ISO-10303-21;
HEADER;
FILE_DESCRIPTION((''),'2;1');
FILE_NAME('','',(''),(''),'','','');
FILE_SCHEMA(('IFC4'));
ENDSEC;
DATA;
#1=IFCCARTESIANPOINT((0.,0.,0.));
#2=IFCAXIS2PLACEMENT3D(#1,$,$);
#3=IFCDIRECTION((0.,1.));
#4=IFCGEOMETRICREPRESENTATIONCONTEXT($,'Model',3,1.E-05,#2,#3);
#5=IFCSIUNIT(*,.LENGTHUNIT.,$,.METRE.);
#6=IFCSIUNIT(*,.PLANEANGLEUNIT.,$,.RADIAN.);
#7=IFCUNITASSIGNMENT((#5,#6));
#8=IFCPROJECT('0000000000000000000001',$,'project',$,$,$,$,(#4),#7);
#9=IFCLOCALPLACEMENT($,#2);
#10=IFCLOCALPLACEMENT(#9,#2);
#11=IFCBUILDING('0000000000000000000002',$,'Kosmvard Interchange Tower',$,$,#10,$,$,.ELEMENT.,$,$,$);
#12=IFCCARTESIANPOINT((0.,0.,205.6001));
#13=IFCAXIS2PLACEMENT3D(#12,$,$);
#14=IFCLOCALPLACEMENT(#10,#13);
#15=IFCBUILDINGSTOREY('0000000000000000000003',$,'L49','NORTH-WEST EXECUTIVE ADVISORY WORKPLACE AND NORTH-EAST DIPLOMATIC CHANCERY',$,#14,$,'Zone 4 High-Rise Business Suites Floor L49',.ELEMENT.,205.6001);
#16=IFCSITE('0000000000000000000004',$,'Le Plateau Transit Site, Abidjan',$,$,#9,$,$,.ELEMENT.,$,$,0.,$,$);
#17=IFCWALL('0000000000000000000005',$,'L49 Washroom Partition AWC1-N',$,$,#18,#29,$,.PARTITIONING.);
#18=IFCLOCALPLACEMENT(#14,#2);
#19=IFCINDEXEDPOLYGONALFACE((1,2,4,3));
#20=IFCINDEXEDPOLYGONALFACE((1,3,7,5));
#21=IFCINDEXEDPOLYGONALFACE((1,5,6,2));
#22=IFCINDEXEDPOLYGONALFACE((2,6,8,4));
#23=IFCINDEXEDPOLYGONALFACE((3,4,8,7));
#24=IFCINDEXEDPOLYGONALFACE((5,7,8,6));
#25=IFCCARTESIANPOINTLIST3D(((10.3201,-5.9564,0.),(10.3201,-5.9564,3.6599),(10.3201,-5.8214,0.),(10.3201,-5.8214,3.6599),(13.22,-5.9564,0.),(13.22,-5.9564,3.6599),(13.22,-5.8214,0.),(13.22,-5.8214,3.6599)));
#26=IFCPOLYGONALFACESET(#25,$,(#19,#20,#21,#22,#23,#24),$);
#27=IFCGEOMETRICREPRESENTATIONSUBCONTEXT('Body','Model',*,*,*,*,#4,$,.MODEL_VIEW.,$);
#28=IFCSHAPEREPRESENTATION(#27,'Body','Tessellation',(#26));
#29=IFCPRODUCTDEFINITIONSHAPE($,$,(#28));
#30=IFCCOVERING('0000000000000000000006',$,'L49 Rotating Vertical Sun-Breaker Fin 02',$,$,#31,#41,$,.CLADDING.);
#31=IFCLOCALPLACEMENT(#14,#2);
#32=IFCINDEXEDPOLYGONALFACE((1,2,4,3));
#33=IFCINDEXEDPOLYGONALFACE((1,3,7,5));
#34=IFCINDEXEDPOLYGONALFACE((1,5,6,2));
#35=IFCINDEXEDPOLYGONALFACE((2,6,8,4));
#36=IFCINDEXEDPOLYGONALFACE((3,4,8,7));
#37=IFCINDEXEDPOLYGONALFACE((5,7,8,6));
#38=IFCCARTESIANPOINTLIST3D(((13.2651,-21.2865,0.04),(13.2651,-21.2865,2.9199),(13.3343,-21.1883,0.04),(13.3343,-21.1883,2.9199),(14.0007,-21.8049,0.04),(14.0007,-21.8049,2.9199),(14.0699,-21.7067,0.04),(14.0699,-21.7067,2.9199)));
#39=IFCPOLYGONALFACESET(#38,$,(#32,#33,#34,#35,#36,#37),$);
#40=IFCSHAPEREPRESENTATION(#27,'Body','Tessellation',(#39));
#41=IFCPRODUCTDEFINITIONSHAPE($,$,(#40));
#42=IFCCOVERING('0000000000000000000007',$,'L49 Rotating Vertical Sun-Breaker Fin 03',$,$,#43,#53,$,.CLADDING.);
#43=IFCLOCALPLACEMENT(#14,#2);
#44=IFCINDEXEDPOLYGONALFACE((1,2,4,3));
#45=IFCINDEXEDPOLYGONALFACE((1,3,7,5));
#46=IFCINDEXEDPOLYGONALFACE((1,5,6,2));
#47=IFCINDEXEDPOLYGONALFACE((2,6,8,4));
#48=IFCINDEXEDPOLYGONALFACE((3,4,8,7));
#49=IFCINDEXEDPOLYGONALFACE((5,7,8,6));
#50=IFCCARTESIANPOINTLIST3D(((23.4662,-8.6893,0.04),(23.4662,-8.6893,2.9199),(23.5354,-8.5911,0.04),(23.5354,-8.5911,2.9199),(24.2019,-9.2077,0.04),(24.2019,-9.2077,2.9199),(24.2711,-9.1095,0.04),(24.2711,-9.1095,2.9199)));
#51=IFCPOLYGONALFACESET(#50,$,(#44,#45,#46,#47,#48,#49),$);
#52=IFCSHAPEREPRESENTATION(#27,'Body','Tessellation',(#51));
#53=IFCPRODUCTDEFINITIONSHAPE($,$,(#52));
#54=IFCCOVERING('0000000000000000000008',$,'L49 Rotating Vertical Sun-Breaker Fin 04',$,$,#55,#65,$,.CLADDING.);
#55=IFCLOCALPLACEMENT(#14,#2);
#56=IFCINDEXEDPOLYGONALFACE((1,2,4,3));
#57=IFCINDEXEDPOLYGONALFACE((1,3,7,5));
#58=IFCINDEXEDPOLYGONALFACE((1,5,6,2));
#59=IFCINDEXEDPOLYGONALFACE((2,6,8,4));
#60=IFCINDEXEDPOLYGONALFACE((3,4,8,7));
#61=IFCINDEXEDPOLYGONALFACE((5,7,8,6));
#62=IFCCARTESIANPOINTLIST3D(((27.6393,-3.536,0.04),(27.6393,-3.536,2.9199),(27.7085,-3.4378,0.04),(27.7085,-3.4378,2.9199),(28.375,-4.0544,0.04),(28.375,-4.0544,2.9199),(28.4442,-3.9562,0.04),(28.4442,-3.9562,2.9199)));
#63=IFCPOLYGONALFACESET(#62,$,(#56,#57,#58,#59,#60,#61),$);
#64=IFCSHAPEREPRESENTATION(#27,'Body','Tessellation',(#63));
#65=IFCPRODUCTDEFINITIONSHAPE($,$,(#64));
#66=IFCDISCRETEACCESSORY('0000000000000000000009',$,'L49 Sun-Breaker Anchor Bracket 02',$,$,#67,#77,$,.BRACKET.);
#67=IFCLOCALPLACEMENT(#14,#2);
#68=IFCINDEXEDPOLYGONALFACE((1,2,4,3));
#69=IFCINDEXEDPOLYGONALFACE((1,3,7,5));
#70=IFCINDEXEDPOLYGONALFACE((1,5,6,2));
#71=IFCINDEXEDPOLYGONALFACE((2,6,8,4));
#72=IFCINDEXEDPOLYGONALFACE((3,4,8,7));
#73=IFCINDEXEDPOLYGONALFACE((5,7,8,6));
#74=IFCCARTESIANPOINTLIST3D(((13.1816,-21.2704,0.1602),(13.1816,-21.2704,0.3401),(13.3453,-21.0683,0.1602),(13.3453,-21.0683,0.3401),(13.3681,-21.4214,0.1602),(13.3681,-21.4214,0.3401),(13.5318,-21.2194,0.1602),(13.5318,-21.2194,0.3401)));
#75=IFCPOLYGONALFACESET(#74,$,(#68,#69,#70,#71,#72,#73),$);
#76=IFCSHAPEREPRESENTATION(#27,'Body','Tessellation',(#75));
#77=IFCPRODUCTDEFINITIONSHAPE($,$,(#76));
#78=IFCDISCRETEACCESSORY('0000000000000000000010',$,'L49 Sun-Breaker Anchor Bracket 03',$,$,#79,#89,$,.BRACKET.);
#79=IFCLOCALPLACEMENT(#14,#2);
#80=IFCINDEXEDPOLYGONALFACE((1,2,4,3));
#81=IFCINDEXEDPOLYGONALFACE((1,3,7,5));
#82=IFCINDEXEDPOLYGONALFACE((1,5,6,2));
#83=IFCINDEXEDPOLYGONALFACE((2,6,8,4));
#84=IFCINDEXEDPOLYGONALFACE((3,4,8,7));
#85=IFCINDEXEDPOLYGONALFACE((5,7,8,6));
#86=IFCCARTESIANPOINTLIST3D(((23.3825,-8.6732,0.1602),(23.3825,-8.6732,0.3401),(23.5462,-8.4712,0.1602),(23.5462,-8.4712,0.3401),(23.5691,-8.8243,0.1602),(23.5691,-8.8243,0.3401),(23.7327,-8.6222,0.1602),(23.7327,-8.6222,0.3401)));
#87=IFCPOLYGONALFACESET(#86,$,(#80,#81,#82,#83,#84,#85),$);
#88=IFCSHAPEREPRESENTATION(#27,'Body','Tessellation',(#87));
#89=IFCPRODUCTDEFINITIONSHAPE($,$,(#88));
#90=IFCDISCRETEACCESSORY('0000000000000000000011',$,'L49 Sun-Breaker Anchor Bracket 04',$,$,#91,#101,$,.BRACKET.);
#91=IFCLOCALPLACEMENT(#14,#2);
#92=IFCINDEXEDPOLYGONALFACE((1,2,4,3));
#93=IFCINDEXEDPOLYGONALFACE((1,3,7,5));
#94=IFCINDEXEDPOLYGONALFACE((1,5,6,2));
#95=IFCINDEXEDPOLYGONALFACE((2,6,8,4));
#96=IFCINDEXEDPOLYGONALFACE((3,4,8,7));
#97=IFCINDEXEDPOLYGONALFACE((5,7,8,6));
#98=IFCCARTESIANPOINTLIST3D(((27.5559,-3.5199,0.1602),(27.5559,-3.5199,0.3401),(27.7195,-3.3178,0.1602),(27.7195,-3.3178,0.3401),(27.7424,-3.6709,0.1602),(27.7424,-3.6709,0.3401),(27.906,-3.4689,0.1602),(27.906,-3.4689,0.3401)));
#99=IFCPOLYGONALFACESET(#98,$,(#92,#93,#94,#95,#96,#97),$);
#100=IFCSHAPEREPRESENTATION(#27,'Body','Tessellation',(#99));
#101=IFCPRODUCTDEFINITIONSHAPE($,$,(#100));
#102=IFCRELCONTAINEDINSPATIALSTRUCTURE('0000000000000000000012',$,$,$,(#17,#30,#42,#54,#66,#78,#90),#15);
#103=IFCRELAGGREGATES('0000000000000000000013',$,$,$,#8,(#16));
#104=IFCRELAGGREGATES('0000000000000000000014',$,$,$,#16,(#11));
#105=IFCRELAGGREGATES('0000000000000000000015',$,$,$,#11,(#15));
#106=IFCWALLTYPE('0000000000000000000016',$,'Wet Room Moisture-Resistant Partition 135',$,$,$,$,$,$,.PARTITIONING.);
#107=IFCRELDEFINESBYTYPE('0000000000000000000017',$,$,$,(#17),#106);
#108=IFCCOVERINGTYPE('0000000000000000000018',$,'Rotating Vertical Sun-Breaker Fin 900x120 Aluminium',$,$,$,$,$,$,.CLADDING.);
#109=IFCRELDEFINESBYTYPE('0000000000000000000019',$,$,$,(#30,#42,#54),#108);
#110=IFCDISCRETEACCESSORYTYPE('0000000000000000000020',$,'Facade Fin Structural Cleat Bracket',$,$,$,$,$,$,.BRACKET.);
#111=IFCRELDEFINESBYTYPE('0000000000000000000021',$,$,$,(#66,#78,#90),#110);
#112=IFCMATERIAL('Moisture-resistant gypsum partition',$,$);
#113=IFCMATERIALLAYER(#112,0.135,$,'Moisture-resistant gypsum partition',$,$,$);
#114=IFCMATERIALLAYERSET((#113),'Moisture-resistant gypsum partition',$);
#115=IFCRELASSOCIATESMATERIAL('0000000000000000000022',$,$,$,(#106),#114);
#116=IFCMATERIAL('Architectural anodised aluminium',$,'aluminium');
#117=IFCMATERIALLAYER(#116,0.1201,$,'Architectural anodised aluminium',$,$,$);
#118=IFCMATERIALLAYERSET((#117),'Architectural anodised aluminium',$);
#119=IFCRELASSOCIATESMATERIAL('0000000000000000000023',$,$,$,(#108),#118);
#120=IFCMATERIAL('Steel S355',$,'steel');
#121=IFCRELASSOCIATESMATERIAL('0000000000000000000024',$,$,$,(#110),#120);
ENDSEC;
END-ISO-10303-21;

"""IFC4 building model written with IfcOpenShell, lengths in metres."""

from ifc_helpers import new_model, si_unit, direction, frame, frame_2d, origin, origin_2d, place, context, subcontext, project, spatial, rectangle, extrude, source, transform, mapped, material, layer, layer_set, type_object, element, save


model = new_model("IFC4")

# Units and contexts
model_context = context("Model", 3, precision=1e-05, world=origin(), true_north=direction((0.0, 1.0)))
body_context = subcontext(model_context, "Body", "Model", "MODEL_VIEW")
ifc_project = project(units=[si_unit("LENGTHUNIT", "METRE"), si_unit("PLANEANGLEUNIT", "RADIAN")], contexts=[model_context])

# Site, building, storey
site_placement = place(None, origin())
site = spatial("IfcSite", under=ifc_project, at=site_placement, Name="Le Plateau Transit Site, Abidjan", CompositionType="ELEMENT", RefElevation=0.0)
building_placement = place(site_placement, origin())
building = spatial("IfcBuilding", under=site, at=building_placement, Name="Kosmvard Interchange Tower", CompositionType="ELEMENT")
storey_placement = place(building_placement, frame((0.0, 0.0, 205.6001)))
storey = spatial("IfcBuildingStorey", under=building, at=storey_placement, Name="L49", Description="NORTH-WEST EXECUTIVE ADVISORY WORKPLACE AND NORTH-EAST DIPLOMATIC CHANCERY", LongName="Zone 4 High-Rise Business Suites Floor L49", CompositionType="ELEMENT", Elevation=205.6001)

# Shared definitions
ifc_material_1 = material(Name="Steel S355", Category="steel")

# Wall
ifc_material_2 = material(Name="Moisture-resistant gypsum partition")
ifc_layer_1 = layer(ifc_material_2, 0.135, Name="Moisture-resistant gypsum partition")
ifc_layer_set_1 = layer_set([ifc_layer_1], Name="Moisture-resistant gypsum partition")
wall_type_1 = type_object("IfcWallType", Name="Wet Room Moisture-Resistant Partition 135", PredefinedType="PARTITIONING", material=ifc_layer_set_1)
wall_1_placement = place(storey_placement, frame((10.3201, -5.8889, 0.0), z_axis=(0.0, 0.0, 1.0), x_axis=(1.0, 0.0, 0.0)))
element("IfcWall", 1, at=wall_1_placement, inside=storey, type_object=wall_type_1, Name="L49 Washroom Partition AWC1-N", PredefinedType="PARTITIONING", context=body_context, shape_type="SweptSolid", body=[
    extrude(rectangle(XDim=2.8999, YDim=0.135, at=frame_2d((1.45, 0.0))), origin(), (0.0, 0.0, 1.0), 3.6599),
])

# Coverings
ifc_material_3 = material(Name="Architectural anodised aluminium", Category="aluminium")
ifc_layer_2 = layer(ifc_material_3, 0.1201, Name="Architectural anodised aluminium")
ifc_layer_set_2 = layer_set([ifc_layer_2], Name="Architectural anodised aluminium")
covering_type = type_object("IfcCoveringType", Name="Rotating Vertical Sun-Breaker Fin 900x120 Aluminium", PredefinedType="CLADDING", material=ifc_layer_set_2)
shared_shape_1 = source(origin(), body_context, "Body", "SweptSolid", [
    extrude(rectangle(XDim=0.8999, YDim=0.1201, at=origin_2d()), origin(), (0.0, 0.0, 1.0), 2.8799),
])
for number, where, z_axis, x_axis, name in (
    (2, (13.6675, -21.4966, 0.04), (0.0, 0.0, 1.0), (0.817447, -0.576004, 0.0), "L49 Rotating Vertical Sun-Breaker Fin 02"),
    (3, (23.8687, -8.8994, 0.04), (0.0, 0.0, 1.0), (0.817447, -0.576004, 0.0), "L49 Rotating Vertical Sun-Breaker Fin 03"),
    (4, (28.0417, -3.7461, 0.04), (0.0, 0.0, 1.0), (0.817447, -0.576004, 0.0), "L49 Rotating Vertical Sun-Breaker Fin 04"),
):
    element("IfcCovering", number, at=place(storey_placement, frame(where, z_axis=z_axis, x_axis=x_axis)), inside=storey, type_object=covering_type, Name=name, PredefinedType="CLADDING", context=body_context, shape_type="MappedRepresentation", body=[
        mapped(shared_shape_1, transform((0.0, 0.0, 0.0), scale=1.0)),
    ])

# Discrete accessories
discrete_accessory_type = type_object("IfcDiscreteAccessoryType", Name="Facade Fin Structural Cleat Bracket", PredefinedType="BRACKET", material=ifc_material_1)
shared_shape_2 = source(origin(), body_context, "Body", "SweptSolid", [
    extrude(rectangle(XDim=0.24, YDim=0.26, at=origin_2d()), origin(), (0.0, 0.0, 1.0), 0.1799),
])
for number, where, z_axis, x_axis, name in (
    (5, (13.3567, -21.2449, 0.1602), (0.0, 0.0, 1.0), (0.777146, -0.62932, 0.0), "L49 Sun-Breaker Anchor Bracket 02"),
    (6, (23.5576, -8.6477, 0.1602), (0.0, 0.0, 1.0), (0.777146, -0.62932, 0.0), "L49 Sun-Breaker Anchor Bracket 03"),
    (7, (27.731, -3.4944, 0.1602), (0.0, 0.0, 1.0), (0.777146, -0.62932, 0.0), "L49 Sun-Breaker Anchor Bracket 04"),
):
    element("IfcDiscreteAccessory", number, at=place(storey_placement, frame(where, z_axis=z_axis, x_axis=x_axis)), inside=storey, type_object=discrete_accessory_type, Name=name, PredefinedType="BRACKET", context=body_context, shape_type="MappedRepresentation", body=[
        mapped(shared_shape_2, transform((0.0, 0.0, 0.0), scale=1.0)),
    ])

save(model, "model.ifc")
